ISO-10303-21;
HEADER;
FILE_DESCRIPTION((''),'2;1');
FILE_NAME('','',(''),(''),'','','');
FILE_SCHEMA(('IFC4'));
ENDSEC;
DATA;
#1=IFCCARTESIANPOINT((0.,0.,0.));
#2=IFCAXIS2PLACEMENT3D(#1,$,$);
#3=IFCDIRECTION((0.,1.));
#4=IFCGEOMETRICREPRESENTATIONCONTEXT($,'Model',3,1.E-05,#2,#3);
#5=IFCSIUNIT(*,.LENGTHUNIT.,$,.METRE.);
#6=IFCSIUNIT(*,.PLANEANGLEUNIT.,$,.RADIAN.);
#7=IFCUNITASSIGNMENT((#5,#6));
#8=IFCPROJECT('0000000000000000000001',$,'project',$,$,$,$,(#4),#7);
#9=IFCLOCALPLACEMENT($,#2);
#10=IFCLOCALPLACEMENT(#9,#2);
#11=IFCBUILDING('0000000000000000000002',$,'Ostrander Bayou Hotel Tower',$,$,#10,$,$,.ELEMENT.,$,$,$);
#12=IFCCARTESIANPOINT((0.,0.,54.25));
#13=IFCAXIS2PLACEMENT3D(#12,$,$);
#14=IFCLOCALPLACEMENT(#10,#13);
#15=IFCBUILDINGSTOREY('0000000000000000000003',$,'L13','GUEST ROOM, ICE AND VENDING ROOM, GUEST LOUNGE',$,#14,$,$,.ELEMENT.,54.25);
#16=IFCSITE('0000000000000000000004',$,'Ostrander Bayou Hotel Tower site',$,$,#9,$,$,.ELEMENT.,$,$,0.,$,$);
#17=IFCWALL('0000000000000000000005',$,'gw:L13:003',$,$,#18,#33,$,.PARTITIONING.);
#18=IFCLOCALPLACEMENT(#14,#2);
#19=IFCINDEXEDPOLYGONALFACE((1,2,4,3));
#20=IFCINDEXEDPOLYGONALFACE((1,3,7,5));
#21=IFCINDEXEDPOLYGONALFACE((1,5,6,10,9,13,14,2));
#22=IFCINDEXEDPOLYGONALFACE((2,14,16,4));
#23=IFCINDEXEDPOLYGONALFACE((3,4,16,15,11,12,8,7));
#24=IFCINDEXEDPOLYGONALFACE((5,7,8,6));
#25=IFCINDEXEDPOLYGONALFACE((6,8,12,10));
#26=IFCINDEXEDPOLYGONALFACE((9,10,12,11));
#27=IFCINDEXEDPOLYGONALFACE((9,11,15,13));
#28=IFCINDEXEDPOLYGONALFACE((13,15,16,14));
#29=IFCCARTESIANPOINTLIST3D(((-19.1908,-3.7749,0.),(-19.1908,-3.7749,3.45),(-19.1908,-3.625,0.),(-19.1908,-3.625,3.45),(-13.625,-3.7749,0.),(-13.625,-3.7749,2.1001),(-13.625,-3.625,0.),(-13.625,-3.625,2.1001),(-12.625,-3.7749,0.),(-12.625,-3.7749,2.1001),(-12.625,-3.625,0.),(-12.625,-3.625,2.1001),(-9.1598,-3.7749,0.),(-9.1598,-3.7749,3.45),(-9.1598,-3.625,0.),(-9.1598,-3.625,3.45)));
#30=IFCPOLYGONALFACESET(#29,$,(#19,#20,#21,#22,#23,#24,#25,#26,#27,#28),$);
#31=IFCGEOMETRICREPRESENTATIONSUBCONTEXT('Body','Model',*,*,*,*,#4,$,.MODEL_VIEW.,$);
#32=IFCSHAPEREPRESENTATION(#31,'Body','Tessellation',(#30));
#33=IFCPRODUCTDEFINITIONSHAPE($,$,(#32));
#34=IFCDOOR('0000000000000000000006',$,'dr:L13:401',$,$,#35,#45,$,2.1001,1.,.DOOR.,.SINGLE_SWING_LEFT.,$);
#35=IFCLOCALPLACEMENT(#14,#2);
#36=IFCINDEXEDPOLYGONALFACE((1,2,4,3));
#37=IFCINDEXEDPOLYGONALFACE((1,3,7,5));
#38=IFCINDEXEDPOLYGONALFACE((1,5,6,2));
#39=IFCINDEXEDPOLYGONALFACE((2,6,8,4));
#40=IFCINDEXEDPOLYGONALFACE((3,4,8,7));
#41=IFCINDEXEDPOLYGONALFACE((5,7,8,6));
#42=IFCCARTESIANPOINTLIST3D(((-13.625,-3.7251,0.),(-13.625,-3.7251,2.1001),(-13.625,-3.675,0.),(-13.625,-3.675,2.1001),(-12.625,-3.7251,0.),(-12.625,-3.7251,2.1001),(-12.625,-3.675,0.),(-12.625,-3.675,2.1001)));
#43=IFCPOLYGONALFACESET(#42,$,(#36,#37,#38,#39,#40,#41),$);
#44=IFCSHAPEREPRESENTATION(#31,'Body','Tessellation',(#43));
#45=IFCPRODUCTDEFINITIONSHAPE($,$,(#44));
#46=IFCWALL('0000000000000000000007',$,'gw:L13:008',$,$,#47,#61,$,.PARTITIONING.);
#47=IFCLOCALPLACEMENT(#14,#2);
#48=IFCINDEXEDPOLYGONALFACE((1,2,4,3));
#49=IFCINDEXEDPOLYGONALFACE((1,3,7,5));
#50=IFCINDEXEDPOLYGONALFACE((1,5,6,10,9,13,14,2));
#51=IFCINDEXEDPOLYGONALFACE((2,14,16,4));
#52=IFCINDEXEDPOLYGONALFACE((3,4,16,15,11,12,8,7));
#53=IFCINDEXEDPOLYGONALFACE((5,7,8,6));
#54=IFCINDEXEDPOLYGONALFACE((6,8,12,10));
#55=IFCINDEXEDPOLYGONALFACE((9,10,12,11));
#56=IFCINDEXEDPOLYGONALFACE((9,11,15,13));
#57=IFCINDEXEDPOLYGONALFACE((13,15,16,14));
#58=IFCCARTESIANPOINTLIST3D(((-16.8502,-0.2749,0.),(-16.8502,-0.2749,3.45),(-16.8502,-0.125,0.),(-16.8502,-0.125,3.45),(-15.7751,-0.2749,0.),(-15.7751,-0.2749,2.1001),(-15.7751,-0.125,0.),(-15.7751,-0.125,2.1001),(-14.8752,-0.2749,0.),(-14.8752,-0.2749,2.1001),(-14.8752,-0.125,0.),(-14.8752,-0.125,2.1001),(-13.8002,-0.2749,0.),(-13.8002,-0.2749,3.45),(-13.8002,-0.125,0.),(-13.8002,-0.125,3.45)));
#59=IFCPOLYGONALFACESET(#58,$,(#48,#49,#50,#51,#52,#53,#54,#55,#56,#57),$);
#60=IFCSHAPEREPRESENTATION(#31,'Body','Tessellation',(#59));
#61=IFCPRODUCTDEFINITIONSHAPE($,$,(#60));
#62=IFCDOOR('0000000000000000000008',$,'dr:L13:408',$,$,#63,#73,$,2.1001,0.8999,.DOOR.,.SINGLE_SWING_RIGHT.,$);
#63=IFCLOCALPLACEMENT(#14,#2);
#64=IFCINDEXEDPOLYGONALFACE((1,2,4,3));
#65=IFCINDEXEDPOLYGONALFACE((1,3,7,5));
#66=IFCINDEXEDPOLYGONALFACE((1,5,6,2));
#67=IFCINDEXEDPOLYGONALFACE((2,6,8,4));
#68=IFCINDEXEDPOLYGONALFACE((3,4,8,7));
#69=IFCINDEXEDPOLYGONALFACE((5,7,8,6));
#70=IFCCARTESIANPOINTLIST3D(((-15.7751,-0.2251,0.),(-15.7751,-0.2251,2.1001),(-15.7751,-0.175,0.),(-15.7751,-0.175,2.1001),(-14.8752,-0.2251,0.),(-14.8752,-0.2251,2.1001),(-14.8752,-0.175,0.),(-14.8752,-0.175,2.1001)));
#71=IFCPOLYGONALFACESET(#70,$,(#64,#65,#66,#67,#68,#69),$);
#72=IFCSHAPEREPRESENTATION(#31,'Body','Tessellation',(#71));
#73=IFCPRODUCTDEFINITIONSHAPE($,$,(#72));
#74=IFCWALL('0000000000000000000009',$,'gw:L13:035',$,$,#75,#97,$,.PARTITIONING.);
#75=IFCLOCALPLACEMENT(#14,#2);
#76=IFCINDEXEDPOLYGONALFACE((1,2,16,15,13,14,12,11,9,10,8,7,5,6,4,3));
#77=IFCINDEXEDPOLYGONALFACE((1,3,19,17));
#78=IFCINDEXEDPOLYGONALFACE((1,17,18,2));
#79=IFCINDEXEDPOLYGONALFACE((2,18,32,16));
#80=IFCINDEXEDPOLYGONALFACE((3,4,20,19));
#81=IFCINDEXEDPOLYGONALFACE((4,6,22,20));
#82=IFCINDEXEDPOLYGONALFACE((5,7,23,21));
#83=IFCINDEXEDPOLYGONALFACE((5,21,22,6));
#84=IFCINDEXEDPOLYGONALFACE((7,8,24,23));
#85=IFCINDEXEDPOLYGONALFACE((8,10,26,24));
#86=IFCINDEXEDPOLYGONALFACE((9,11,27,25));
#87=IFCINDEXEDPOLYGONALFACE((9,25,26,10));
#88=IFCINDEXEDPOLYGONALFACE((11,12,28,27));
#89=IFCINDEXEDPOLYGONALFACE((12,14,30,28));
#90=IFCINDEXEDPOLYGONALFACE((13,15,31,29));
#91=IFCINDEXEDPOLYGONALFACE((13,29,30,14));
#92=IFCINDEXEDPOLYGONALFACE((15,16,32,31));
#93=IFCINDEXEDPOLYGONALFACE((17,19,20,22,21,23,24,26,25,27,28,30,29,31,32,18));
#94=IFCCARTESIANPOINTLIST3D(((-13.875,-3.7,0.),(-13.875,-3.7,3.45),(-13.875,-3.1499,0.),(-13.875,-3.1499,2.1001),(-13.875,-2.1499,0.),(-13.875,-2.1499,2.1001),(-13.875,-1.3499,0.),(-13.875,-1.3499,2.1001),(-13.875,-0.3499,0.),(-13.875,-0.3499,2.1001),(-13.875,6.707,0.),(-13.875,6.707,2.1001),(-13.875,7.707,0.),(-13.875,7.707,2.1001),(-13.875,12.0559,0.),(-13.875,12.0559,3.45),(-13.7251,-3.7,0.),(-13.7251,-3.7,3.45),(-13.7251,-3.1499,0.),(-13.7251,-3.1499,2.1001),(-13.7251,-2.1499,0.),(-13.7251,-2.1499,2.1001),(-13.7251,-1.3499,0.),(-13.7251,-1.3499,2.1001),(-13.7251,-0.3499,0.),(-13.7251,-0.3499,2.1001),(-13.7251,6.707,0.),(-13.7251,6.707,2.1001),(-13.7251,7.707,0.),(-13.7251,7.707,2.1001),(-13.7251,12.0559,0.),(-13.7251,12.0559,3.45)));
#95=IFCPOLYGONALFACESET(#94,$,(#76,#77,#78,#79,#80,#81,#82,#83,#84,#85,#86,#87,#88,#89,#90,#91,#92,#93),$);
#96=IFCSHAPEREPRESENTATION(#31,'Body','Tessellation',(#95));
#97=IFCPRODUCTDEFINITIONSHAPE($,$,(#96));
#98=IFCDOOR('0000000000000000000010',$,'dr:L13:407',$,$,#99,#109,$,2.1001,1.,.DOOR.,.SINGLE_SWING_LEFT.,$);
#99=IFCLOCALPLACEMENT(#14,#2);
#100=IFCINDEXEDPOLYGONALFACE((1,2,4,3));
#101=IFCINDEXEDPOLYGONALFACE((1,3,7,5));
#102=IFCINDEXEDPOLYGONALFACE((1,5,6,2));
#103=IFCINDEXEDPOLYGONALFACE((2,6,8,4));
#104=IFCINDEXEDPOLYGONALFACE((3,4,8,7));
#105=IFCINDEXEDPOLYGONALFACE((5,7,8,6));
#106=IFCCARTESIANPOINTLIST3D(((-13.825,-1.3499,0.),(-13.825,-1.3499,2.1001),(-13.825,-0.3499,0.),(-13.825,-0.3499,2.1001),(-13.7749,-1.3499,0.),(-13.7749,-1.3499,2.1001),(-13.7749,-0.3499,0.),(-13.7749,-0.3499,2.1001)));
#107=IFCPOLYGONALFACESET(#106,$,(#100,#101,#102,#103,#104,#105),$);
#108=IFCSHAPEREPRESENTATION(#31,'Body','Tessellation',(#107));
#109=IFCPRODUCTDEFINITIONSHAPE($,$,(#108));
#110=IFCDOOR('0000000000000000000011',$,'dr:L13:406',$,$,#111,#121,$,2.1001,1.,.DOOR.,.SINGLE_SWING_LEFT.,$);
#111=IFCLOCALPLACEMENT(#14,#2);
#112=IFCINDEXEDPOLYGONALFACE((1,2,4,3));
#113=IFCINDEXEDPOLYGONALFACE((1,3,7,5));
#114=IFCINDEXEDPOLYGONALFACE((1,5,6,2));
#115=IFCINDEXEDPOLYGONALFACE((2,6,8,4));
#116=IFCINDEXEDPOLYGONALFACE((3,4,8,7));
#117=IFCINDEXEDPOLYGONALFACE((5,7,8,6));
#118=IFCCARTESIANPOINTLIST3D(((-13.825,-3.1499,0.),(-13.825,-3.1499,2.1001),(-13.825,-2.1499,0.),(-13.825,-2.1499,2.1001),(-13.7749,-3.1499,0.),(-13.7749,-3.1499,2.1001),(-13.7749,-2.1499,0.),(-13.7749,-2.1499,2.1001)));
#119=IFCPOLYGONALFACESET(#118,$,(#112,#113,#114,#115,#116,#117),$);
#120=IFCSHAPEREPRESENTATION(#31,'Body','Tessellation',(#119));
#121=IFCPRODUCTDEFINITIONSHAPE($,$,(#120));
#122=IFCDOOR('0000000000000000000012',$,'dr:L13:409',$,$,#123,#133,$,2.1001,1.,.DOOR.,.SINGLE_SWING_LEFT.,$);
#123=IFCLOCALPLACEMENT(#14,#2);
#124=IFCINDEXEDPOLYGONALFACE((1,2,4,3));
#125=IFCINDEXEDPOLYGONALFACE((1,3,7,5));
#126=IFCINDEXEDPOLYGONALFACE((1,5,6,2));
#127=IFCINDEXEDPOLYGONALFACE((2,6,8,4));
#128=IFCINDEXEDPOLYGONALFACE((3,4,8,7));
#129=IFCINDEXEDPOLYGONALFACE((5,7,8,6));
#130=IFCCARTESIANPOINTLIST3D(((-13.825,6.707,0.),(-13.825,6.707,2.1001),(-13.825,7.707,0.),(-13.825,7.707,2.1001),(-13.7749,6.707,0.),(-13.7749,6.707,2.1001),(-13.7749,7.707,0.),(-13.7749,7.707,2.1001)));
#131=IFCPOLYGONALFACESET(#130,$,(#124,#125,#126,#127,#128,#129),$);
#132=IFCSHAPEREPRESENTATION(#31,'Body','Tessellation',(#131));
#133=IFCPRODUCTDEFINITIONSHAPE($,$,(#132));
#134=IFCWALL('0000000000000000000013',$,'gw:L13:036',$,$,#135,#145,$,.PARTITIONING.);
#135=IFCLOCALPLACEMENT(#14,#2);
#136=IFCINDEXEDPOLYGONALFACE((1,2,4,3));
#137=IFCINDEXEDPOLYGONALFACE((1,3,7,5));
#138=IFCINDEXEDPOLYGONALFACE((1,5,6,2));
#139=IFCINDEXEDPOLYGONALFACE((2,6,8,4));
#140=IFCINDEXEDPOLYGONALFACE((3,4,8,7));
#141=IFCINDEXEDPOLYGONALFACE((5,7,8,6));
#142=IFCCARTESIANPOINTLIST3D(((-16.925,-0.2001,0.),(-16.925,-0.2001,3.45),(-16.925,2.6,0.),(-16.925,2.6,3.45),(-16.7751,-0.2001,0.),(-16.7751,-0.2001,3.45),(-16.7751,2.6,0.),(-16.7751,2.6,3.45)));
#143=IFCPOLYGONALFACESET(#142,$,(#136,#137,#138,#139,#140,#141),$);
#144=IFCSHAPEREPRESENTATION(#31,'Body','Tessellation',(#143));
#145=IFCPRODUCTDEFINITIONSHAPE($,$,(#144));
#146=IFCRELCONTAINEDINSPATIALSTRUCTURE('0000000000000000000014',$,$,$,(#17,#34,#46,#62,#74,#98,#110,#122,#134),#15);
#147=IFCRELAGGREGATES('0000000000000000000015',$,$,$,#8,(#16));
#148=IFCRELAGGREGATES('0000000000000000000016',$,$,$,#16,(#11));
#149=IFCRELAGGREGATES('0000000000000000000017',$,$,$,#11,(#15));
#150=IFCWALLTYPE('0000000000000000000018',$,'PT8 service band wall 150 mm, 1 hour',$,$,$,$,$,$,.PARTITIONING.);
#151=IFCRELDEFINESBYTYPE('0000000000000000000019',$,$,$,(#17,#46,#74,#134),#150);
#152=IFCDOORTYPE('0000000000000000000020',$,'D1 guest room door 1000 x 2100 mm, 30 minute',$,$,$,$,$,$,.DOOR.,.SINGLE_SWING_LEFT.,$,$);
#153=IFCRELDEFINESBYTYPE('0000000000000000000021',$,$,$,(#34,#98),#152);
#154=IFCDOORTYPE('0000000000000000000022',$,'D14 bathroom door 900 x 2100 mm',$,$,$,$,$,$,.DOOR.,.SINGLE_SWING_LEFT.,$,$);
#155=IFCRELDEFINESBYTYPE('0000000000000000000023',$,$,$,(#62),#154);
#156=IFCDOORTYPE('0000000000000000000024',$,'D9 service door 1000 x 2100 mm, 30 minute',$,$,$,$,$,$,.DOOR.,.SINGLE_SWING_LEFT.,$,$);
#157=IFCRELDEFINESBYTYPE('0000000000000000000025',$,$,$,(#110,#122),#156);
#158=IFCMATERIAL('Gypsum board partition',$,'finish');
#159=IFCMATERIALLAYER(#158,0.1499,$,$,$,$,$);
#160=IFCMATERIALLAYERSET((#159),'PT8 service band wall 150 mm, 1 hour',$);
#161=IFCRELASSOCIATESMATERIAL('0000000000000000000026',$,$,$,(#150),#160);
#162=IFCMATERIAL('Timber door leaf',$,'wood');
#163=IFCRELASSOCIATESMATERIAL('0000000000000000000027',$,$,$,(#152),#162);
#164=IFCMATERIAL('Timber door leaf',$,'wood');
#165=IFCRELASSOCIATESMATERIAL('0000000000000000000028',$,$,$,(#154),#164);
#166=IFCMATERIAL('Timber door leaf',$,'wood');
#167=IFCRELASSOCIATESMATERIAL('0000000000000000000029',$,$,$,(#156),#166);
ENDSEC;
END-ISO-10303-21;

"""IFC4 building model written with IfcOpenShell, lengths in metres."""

from ifc_helpers import new_model, si_unit, direction, frame, frame_2d, origin, place, context, subcontext, project, spatial, rectangle, extrude, material, layer, layer_set, type_object, element, fill, save


model = new_model("IFC4")

# Units and contexts
model_context = context("Model", 3, precision=1e-05, world=origin(), true_north=direction((0.0, 1.0)))
body_context = subcontext(model_context, "Body", "Model", "MODEL_VIEW")
ifc_project = project(units=[si_unit("LENGTHUNIT", "METRE"), si_unit("PLANEANGLEUNIT", "RADIAN")], contexts=[model_context])

# Site, building, storey
site_placement = place(None, origin())
site = spatial("IfcSite", under=ifc_project, at=site_placement, Name="Ostrander Bayou Hotel Tower site", CompositionType="ELEMENT", RefElevation=0.0)
building_placement = place(site_placement, origin())
building = spatial("IfcBuilding", under=site, at=building_placement, Name="Ostrander Bayou Hotel Tower", CompositionType="ELEMENT")
storey_placement = place(building_placement, frame((0.0, 0.0, 54.25)))
storey = spatial("IfcBuildingStorey", under=building, at=storey_placement, Name="L13", Description="GUEST ROOM, ICE AND VENDING ROOM, GUEST LOUNGE", CompositionType="ELEMENT", Elevation=54.25)

# Walls, openings, doors
ifc_material_1 = material(Name="Gypsum board partition", Category="finish")
ifc_layer_1 = layer(ifc_material_1, 0.1499)
ifc_layer_set_1 = layer_set([ifc_layer_1], Name="PT8 service band wall 150 mm, 1 hour")
wall_type_1 = type_object("IfcWallType", Name="PT8 service band wall 150 mm, 1 hour", PredefinedType="PARTITIONING", material=ifc_layer_set_1)
wall_1_placement = place(storey_placement, frame((-19.1909, -3.7, 0.0), z_axis=(0.0, 0.0, 1.0), x_axis=(1.0, 0.0, 0.0)))
wall_1 = element("IfcWall", 1, at=wall_1_placement, inside=storey, type_object=wall_type_1, Name="gw:L13:003", PredefinedType="PARTITIONING", context=body_context, shape_type="SweptSolid", body=[
    extrude(rectangle(XDim=10.031, YDim=0.1499, at=frame_2d((5.0156, 0.0))), origin(), (0.0, 0.0, 1.0), 3.45),
])
opening_1_placement = place(wall_1_placement, frame((5.5659, 0.0, 0.0)))
opening_1 = element("IfcOpeningElement", 2, at=opening_1_placement, cuts=wall_1, PredefinedType="OPENING", context=body_context, shape_type="SweptSolid", body=[
    extrude(rectangle(XDim=1.0, YDim=2.1001, at=frame_2d((0.5, 1.05))), frame((0.0, 0.075, 0.0), z_axis=(0.0, -1.0, 0.0), x_axis=(1.0, 0.0, 0.0)), (0.0, 0.0, 1.0), 0.1499),
])
ifc_material_2 = material(Name="Timber door leaf", Category="wood")
door_type_1 = type_object("IfcDoorType", Name="D1 guest room door 1000 x 2100 mm, 30 minute", OperationType="SINGLE_SWING_LEFT", PredefinedType="DOOR", material=ifc_material_2)
door_1_placement = place(opening_1_placement, origin())
door_1 = element("IfcDoor", 3, at=door_1_placement, inside=storey, type_object=door_type_1, Name="dr:L13:401", OperationType="SINGLE_SWING_LEFT", OverallHeight=2.1001, OverallWidth=1.0, PredefinedType="DOOR", context=body_context, shape_type="SweptSolid", body=[
    extrude(rectangle(XDim=1.0, YDim=2.1001, at=frame_2d((0.5, 1.05))), frame((0.0, 0.0249, 0.0), z_axis=(0.0, -1.0, 0.0), x_axis=(1.0, 0.0, 0.0)), (0.0, 0.0, 1.0), 0.05),
])
fill(opening_1, door_1)
wall_2_placement = place(storey_placement, frame((-16.8501, -0.2, 0.0), z_axis=(0.0, 0.0, 1.0), x_axis=(1.0, 0.0, 0.0)))
wall_2 = element("IfcWall", 4, at=wall_2_placement, inside=storey, type_object=wall_type_1, Name="gw:L13:008", PredefinedType="PARTITIONING", context=body_context, shape_type="SweptSolid", body=[
    extrude(rectangle(XDim=3.05, YDim=0.1499, at=frame_2d((1.5249, 0.0))), origin(), (0.0, 0.0, 1.0), 3.45),
])
opening_2_placement = place(wall_2_placement, frame((1.075, 0.0, 0.0)))
opening_2 = element("IfcOpeningElement", 5, at=opening_2_placement, cuts=wall_2, PredefinedType="OPENING", context=body_context, shape_type="SweptSolid", body=[
    extrude(rectangle(XDim=0.8999, YDim=2.1001, at=frame_2d((0.45, 1.05))), frame((0.0, 0.075, 0.0), z_axis=(0.0, -1.0, 0.0), x_axis=(1.0, 0.0, 0.0)), (0.0, 0.0, 1.0), 0.1499),
])
ifc_material_3 = material(Name="Timber door leaf", Category="wood")
door_type_2 = type_object("IfcDoorType", Name="D14 bathroom door 900 x 2100 mm", OperationType="SINGLE_SWING_LEFT", PredefinedType="DOOR", material=ifc_material_3)
door_2_placement = place(opening_2_placement, origin())
door_2 = element("IfcDoor", 6, at=door_2_placement, inside=storey, type_object=door_type_2, Name="dr:L13:408", OperationType="SINGLE_SWING_RIGHT", OverallHeight=2.1001, OverallWidth=0.8999, PredefinedType="DOOR", context=body_context, shape_type="SweptSolid", body=[
    extrude(rectangle(XDim=0.8999, YDim=2.1001, at=frame_2d((0.45, 1.05))), frame((0.0, 0.0249, 0.0), z_axis=(0.0, -1.0, 0.0), x_axis=(1.0, 0.0, 0.0)), (0.0, 0.0, 1.0), 0.05),
])
fill(opening_2, door_2)

# Wall, openings, doors
wall_3_placement = place(storey_placement, frame((-13.8, -3.7, 0.0), z_axis=(0.0, 0.0, 1.0), x_axis=(0.0, 1.0, 0.0)))
wall_3 = element("IfcWall", 7, at=wall_3_placement, inside=storey, type_object=wall_type_1, Name="gw:L13:035", PredefinedType="PARTITIONING", context=body_context, shape_type="SweptSolid", body=[
    extrude(rectangle(XDim=15.7559, YDim=0.1499, at=frame_2d((7.8779, 0.0))), origin(), (0.0, 0.0, 1.0), 3.45),
])
opening_3_placement = place(wall_3_placement, frame((0.55, 0.0, 0.0)))
opening_3 = element("IfcOpeningElement", 8, at=opening_3_placement, cuts=wall_3, PredefinedType="OPENING", context=body_context, shape_type="SweptSolid", body=[
    extrude(rectangle(XDim=1.0, YDim=2.1001, at=frame_2d((0.5, 1.05))), frame((0.0, 0.075, 0.0), z_axis=(0.0, -1.0, 0.0), x_axis=(1.0, 0.0, 0.0)), (0.0, 0.0, 1.0), 0.1499),
])
opening_4_placement = place(wall_3_placement, frame((2.3501, 0.0, 0.0)))
opening_4 = element("IfcOpeningElement", 9, at=opening_4_placement, cuts=wall_3, PredefinedType="OPENING", context=body_context, shape_type="SweptSolid", body=[
    extrude(rectangle(XDim=1.0, YDim=2.1001, at=frame_2d((0.5, 1.05))), frame((0.0, 0.075, 0.0), z_axis=(0.0, -1.0, 0.0), x_axis=(1.0, 0.0, 0.0)), (0.0, 0.0, 1.0), 0.1499),
])
opening_5_placement = place(wall_3_placement, frame((10.407, 0.0, 0.0)))
opening_5 = element("IfcOpeningElement", 10, at=opening_5_placement, cuts=wall_3, PredefinedType="OPENING", context=body_context, shape_type="SweptSolid", body=[
    extrude(rectangle(XDim=1.0, YDim=2.1001, at=frame_2d((0.5, 1.05))), frame((0.0, 0.075, 0.0), z_axis=(0.0, -1.0, 0.0), x_axis=(1.0, 0.0, 0.0)), (0.0, 0.0, 1.0), 0.1499),
])
door_3_placement = place(opening_4_placement, origin())
door_3 = element("IfcDoor", 11, at=door_3_placement, inside=storey, type_object=door_type_1, Name="dr:L13:407", OperationType="SINGLE_SWING_LEFT", OverallHeight=2.1001, OverallWidth=1.0, PredefinedType="DOOR", context=body_context, shape_type="SweptSolid", body=[
    extrude(rectangle(XDim=1.0, YDim=2.1001, at=frame_2d((0.5, 1.05))), frame((0.0, 0.0249, 0.0), z_axis=(0.0, -1.0, 0.0), x_axis=(1.0, 0.0, 0.0)), (0.0, 0.0, 1.0), 0.05),
])
fill(opening_4, door_3)
ifc_material_4 = material(Name="Timber door leaf", Category="wood")
door_type_3 = type_object("IfcDoorType", Name="D9 service door 1000 x 2100 mm, 30 minute", OperationType="SINGLE_SWING_LEFT", PredefinedType="DOOR", material=ifc_material_4)
door_4_placement = place(opening_3_placement, origin())
door_4 = element("IfcDoor", 12, at=door_4_placement, inside=storey, type_object=door_type_3, Name="dr:L13:406", OperationType="SINGLE_SWING_LEFT", OverallHeight=2.1001, OverallWidth=1.0, PredefinedType="DOOR", context=body_context, shape_type="SweptSolid", body=[
    extrude(rectangle(XDim=1.0, YDim=2.1001, at=frame_2d((0.5, 1.05))), frame((0.0, 0.0249, 0.0), z_axis=(0.0, -1.0, 0.0), x_axis=(1.0, 0.0, 0.0)), (0.0, 0.0, 1.0), 0.05),
])
fill(opening_3, door_4)
door_5_placement = place(opening_5_placement, origin())
door_5 = element("IfcDoor", 13, at=door_5_placement, inside=storey, type_object=door_type_3, Name="dr:L13:409", OperationType="SINGLE_SWING_LEFT", OverallHeight=2.1001, OverallWidth=1.0, PredefinedType="DOOR", context=body_context, shape_type="SweptSolid", body=[
    extrude(rectangle(XDim=1.0, YDim=2.1001, at=frame_2d((0.5, 1.05))), frame((0.0, 0.0249, 0.0), z_axis=(0.0, -1.0, 0.0), x_axis=(1.0, 0.0, 0.0)), (0.0, 0.0, 1.0), 0.05),
])
fill(opening_5, door_5)

# Wall
wall_4_placement = place(storey_placement, frame((-16.8501, -0.2, 0.0), z_axis=(0.0, 0.0, 1.0), x_axis=(0.0, 1.0, 0.0)))
element("IfcWall", 14, at=wall_4_placement, inside=storey, type_object=wall_type_1, Name="gw:L13:036", PredefinedType="PARTITIONING", context=body_context, shape_type="SweptSolid", body=[
    extrude(rectangle(XDim=2.8, YDim=0.1499, at=frame_2d((1.3999, 0.0))), origin(), (0.0, 0.0, 1.0), 3.45),
])

save(model, "model.ifc")
